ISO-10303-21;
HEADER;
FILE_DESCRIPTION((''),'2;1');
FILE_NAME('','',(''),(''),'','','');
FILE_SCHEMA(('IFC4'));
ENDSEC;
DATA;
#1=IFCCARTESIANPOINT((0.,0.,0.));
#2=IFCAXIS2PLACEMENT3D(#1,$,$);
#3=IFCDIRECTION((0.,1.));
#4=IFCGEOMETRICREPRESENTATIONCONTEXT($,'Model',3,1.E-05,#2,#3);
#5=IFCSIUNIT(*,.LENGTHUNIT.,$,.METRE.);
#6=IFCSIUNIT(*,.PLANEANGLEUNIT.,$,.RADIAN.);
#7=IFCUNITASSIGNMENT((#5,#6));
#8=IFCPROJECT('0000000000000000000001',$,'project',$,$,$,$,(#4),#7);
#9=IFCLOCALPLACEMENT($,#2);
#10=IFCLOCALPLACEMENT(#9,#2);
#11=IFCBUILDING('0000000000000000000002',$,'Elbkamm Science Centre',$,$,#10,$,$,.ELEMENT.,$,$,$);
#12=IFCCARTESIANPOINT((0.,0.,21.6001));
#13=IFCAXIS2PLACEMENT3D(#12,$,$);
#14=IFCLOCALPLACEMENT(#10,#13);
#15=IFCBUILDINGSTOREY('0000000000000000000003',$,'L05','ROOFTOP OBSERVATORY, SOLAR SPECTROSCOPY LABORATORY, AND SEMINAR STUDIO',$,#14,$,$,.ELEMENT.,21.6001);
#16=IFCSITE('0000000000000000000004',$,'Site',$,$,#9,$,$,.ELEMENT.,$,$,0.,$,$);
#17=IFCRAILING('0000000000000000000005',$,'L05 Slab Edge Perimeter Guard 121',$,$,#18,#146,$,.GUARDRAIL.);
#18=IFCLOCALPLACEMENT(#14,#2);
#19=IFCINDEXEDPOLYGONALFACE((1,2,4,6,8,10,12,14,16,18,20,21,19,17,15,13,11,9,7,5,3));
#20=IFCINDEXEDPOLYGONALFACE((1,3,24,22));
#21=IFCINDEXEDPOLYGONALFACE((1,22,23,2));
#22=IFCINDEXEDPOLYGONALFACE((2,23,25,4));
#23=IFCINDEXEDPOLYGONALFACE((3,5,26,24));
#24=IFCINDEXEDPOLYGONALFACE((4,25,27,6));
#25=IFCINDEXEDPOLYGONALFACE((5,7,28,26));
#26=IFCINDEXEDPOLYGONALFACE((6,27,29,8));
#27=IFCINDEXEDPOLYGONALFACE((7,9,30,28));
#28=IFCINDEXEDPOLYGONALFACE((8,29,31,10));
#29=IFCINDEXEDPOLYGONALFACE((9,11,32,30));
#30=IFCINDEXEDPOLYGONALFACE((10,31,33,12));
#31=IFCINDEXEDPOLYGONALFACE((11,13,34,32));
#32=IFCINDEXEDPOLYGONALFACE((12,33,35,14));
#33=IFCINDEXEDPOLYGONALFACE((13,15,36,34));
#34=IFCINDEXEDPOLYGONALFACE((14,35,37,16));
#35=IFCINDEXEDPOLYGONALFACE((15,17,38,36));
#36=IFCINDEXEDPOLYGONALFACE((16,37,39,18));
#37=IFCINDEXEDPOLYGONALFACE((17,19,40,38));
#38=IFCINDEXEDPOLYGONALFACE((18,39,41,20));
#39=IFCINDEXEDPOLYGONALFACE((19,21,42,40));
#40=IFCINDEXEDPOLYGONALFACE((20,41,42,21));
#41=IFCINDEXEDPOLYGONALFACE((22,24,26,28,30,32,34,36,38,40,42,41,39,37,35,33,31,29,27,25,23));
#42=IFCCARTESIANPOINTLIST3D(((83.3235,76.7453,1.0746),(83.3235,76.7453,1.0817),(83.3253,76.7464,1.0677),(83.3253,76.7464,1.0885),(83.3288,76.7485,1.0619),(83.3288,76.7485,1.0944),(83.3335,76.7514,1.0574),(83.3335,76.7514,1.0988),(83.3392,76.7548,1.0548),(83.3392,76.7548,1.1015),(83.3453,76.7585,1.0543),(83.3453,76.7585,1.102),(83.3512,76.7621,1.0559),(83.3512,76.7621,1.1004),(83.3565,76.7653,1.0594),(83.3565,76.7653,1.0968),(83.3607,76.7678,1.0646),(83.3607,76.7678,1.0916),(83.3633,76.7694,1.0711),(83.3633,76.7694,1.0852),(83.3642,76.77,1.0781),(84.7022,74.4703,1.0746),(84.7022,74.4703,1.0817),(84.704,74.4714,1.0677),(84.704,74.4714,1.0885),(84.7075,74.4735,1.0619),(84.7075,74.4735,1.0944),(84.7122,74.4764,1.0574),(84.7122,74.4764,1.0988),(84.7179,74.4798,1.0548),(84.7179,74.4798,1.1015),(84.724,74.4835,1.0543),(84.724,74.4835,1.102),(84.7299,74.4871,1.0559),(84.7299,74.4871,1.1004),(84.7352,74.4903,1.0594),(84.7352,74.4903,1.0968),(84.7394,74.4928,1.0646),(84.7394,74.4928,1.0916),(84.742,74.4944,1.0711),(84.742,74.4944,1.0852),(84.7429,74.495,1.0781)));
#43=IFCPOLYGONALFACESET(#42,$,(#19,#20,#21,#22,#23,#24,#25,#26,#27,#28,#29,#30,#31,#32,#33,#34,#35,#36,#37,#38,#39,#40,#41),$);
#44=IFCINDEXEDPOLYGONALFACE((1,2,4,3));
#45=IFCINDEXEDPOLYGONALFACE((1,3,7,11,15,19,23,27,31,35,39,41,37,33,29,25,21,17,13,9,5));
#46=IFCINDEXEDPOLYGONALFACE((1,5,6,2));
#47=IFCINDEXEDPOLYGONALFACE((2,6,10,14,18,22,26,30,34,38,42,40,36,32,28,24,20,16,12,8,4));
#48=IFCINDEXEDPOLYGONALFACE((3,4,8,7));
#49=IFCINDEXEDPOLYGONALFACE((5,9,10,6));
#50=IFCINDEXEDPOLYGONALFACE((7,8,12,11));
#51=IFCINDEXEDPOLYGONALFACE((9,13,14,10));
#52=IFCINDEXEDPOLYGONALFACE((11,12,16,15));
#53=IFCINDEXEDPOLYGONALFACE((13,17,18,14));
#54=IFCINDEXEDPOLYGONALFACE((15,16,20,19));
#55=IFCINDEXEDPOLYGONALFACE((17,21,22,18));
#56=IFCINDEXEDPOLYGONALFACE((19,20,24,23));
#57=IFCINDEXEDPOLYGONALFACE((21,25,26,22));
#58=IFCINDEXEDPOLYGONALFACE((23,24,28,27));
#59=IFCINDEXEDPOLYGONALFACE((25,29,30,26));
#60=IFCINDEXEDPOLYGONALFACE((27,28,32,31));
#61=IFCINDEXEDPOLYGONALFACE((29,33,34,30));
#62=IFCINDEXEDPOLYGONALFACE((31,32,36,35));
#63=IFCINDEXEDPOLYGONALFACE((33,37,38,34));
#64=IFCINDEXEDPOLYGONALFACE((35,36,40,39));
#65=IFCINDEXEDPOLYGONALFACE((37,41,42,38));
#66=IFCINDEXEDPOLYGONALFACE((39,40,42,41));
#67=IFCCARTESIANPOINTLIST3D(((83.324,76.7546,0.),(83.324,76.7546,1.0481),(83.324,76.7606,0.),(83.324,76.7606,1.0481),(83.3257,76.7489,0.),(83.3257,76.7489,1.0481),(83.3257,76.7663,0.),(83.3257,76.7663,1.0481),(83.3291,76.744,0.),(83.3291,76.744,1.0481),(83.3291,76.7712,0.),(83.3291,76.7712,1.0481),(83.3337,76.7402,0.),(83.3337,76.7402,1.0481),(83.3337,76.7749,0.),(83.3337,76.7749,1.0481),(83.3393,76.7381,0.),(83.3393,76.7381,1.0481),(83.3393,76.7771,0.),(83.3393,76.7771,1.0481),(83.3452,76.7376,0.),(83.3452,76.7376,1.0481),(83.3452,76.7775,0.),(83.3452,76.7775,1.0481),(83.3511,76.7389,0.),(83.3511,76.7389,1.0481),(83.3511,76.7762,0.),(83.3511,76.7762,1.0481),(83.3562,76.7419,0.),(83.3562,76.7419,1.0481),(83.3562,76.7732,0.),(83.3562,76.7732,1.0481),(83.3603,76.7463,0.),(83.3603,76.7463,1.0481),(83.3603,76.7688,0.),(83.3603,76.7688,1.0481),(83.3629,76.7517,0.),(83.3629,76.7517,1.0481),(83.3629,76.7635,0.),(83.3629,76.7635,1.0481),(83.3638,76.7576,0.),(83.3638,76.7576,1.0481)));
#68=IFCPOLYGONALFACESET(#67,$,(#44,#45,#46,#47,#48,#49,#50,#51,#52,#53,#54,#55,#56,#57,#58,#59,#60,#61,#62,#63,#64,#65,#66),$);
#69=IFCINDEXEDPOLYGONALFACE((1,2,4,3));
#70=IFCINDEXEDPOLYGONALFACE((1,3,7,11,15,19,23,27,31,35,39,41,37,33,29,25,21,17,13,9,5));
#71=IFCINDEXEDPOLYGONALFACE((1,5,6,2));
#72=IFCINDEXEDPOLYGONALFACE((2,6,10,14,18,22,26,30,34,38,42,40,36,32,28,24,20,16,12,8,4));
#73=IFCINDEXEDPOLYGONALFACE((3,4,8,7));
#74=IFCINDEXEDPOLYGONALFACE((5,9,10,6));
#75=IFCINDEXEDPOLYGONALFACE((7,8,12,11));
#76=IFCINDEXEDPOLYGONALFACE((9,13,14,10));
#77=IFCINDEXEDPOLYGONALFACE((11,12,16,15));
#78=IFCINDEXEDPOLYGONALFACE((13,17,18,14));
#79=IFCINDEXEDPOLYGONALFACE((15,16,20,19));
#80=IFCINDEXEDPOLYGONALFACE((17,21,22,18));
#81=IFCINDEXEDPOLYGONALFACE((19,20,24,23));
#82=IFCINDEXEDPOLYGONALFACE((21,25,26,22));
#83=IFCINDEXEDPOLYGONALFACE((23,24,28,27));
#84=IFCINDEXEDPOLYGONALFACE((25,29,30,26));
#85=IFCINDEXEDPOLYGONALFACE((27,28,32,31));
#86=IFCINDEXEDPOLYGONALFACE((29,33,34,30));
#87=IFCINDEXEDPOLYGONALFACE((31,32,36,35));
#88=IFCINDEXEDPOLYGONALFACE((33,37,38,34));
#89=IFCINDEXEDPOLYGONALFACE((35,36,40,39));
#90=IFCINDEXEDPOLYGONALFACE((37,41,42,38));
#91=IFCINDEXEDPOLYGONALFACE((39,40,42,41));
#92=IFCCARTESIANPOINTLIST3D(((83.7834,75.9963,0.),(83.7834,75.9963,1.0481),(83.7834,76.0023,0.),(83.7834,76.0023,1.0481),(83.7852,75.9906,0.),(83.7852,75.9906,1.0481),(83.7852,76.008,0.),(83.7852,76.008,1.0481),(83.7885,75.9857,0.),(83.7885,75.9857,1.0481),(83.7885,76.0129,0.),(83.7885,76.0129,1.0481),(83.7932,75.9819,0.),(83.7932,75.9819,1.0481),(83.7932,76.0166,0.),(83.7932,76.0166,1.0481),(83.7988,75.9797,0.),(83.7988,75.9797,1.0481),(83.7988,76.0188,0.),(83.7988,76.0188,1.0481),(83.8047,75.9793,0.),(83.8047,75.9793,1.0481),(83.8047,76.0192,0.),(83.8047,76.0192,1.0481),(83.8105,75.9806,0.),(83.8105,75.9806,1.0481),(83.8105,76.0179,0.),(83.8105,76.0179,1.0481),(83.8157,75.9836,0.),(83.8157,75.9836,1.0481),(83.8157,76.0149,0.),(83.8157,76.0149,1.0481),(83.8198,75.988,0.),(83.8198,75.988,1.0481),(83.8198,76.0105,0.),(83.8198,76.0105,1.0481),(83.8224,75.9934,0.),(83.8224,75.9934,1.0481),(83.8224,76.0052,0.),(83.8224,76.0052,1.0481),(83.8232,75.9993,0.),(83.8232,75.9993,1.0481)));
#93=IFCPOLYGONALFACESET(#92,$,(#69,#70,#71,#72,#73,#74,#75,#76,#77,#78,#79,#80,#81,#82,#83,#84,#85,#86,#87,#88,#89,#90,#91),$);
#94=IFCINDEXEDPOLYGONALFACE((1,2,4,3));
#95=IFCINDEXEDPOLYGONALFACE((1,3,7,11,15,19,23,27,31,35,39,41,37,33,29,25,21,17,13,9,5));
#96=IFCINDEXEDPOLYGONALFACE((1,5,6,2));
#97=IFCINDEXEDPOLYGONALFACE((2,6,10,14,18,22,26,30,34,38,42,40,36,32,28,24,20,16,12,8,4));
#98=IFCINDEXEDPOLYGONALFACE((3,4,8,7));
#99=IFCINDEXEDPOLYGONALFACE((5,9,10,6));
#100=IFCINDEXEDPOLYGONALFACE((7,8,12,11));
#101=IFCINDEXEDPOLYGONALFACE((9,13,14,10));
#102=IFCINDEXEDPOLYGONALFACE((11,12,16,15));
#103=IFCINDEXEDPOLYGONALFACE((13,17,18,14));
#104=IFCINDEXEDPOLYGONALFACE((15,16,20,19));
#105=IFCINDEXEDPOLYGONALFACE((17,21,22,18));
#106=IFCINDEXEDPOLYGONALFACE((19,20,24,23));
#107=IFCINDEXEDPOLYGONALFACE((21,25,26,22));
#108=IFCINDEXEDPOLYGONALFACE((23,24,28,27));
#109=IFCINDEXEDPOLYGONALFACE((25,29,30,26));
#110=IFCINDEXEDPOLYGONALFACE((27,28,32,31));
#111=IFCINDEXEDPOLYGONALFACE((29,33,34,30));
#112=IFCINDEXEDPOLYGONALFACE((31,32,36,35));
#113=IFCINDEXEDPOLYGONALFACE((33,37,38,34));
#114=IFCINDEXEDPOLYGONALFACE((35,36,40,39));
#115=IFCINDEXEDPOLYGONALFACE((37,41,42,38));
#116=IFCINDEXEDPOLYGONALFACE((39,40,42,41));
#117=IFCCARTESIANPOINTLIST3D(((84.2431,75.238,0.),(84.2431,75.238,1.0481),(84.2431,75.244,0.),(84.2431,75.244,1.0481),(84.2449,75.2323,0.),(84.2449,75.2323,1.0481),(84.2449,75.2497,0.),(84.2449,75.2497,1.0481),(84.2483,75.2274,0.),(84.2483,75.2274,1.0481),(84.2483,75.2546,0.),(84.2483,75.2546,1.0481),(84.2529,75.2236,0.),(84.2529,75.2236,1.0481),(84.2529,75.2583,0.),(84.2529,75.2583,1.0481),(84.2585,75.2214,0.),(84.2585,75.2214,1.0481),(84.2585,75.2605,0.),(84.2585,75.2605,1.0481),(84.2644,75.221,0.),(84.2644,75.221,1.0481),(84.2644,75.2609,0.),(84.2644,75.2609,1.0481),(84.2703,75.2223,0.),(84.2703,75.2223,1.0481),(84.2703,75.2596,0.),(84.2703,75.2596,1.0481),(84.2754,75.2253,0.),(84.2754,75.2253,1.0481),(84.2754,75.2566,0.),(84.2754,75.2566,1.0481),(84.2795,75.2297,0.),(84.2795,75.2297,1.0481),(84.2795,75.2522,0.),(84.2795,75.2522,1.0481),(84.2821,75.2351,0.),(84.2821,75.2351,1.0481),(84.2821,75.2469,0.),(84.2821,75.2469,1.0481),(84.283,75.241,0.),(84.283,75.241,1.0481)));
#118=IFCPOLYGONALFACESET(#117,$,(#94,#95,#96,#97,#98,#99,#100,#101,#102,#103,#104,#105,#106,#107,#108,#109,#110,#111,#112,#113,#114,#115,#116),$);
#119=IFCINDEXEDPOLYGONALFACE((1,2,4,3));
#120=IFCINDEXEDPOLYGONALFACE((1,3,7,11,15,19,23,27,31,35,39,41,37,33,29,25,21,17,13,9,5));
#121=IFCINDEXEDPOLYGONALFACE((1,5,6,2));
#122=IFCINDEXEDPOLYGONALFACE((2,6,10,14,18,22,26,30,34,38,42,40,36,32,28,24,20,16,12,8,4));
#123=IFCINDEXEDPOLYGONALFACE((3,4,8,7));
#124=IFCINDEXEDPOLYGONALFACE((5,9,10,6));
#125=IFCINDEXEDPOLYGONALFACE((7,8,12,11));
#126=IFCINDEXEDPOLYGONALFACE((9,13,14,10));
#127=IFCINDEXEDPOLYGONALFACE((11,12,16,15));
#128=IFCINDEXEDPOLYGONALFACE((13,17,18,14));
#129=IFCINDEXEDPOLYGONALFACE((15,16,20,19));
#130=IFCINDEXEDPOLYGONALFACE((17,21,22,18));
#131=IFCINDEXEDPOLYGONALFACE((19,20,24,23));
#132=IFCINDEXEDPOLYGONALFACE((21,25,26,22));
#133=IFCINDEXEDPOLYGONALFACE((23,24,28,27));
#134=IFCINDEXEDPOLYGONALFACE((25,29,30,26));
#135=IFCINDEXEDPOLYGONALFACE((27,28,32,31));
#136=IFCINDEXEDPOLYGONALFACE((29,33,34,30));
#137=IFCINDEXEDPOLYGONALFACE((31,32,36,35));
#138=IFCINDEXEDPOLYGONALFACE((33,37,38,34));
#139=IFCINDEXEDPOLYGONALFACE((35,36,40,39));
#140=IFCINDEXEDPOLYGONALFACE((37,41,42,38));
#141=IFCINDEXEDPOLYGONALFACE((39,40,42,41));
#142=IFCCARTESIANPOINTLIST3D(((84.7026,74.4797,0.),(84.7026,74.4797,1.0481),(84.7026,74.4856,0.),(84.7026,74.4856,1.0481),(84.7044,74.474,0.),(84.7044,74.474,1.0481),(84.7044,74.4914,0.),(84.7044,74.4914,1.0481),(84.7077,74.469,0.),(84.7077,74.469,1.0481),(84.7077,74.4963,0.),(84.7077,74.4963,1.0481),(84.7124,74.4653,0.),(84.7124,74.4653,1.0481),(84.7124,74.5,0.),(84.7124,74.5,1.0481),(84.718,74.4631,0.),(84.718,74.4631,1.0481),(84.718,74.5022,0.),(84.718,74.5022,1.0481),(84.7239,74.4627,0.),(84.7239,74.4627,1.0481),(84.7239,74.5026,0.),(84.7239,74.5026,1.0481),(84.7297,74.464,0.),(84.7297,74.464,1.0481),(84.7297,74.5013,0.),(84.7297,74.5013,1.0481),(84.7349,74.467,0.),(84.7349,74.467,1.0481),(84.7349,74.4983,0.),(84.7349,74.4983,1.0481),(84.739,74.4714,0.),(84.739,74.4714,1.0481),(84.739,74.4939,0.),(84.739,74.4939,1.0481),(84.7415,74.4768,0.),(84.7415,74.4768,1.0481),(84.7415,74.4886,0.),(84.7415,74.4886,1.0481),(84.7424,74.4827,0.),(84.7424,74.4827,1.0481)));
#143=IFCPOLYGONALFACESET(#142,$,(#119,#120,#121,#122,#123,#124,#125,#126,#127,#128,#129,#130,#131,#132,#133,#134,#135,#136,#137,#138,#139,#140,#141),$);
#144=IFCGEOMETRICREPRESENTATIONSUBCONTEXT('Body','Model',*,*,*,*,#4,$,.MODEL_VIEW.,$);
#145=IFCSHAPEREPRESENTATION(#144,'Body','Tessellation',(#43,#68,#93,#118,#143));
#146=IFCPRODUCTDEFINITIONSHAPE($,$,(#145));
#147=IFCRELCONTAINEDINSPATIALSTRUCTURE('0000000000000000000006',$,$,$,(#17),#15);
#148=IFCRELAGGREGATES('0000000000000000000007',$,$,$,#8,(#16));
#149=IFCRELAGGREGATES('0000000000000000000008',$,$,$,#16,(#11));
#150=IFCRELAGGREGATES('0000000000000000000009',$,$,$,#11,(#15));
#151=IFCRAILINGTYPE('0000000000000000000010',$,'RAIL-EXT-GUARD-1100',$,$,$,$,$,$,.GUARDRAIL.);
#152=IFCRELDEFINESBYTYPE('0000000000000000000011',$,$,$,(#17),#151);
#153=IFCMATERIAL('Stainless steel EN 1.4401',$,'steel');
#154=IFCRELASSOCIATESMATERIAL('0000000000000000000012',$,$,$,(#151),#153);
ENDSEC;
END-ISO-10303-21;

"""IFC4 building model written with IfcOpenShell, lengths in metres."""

from ifc_helpers import new_model, si_unit, direction, frame, origin, origin_2d, place, context, subcontext, project, spatial, circle, extrude, material, type_object, element, save


model = new_model("IFC4")

# Units and contexts
model_context = context("Model", 3, precision=1e-05, world=origin(), true_north=direction((0.0, 1.0)))
body_context = subcontext(model_context, "Body", "Model", "MODEL_VIEW")
ifc_project = project(units=[si_unit("LENGTHUNIT", "METRE"), si_unit("PLANEANGLEUNIT", "RADIAN")], contexts=[model_context])

# Site, building, storey
site_placement = place(None, origin())
site = spatial("IfcSite", under=ifc_project, at=site_placement, Name="Site", CompositionType="ELEMENT", RefElevation=0.0)
building_placement = place(site_placement, origin())
building = spatial("IfcBuilding", under=site, at=building_placement, Name="Elbkamm Science Centre", CompositionType="ELEMENT")
storey_placement = place(building_placement, frame((0.0, 0.0, 21.6001)))
storey = spatial("IfcBuildingStorey", under=building, at=storey_placement, Name="L05", Description="ROOFTOP OBSERVATORY, SOLAR SPECTROSCOPY LABORATORY, AND SEMINAR STUDIO", CompositionType="ELEMENT", Elevation=21.6001)

# Railing
ifc_material_1 = material(Name="Stainless steel EN 1.4401", Category="steel")
railing_type = type_object("IfcRailingType", Name="RAIL-EXT-GUARD-1100", PredefinedType="GUARDRAIL", material=ifc_material_1)
railing_1_placement = place(storey_placement, frame((83.3438, 76.7576, 0.0)))
element("IfcRailing", 1, at=railing_1_placement, inside=storey, type_object=railing_type, Name="L05 Slab Edge Perimeter Guard 121", PredefinedType="GUARDRAIL", context=body_context, shape_type="SweptSolid", body=[
    extrude(circle(Radius=0.0239, at=origin_2d()), frame((0.0, 0.0, 1.0781), z_axis=(0.518283, -0.855209, 0.0), x_axis=(0.855209, 0.518283, 0.0)), (0.0, 0.0, 1.0), 2.6602),
    extrude(circle(Radius=0.02, at=origin_2d()), origin(), (0.0, 0.0, 1.0), 1.0481),
    extrude(circle(Radius=0.02, at=origin_2d()), frame((0.4595, -0.7583, 0.0)), (0.0, 0.0, 1.0), 1.0481),
    extrude(circle(Radius=0.02, at=origin_2d()), frame((0.9192, -1.5166, 0.0)), (0.0, 0.0, 1.0), 1.0481),
    extrude(circle(Radius=0.02, at=origin_2d()), frame((1.3787, -2.2749, 0.0)), (0.0, 0.0, 1.0), 1.0481),
])

save(model, "model.ifc")
